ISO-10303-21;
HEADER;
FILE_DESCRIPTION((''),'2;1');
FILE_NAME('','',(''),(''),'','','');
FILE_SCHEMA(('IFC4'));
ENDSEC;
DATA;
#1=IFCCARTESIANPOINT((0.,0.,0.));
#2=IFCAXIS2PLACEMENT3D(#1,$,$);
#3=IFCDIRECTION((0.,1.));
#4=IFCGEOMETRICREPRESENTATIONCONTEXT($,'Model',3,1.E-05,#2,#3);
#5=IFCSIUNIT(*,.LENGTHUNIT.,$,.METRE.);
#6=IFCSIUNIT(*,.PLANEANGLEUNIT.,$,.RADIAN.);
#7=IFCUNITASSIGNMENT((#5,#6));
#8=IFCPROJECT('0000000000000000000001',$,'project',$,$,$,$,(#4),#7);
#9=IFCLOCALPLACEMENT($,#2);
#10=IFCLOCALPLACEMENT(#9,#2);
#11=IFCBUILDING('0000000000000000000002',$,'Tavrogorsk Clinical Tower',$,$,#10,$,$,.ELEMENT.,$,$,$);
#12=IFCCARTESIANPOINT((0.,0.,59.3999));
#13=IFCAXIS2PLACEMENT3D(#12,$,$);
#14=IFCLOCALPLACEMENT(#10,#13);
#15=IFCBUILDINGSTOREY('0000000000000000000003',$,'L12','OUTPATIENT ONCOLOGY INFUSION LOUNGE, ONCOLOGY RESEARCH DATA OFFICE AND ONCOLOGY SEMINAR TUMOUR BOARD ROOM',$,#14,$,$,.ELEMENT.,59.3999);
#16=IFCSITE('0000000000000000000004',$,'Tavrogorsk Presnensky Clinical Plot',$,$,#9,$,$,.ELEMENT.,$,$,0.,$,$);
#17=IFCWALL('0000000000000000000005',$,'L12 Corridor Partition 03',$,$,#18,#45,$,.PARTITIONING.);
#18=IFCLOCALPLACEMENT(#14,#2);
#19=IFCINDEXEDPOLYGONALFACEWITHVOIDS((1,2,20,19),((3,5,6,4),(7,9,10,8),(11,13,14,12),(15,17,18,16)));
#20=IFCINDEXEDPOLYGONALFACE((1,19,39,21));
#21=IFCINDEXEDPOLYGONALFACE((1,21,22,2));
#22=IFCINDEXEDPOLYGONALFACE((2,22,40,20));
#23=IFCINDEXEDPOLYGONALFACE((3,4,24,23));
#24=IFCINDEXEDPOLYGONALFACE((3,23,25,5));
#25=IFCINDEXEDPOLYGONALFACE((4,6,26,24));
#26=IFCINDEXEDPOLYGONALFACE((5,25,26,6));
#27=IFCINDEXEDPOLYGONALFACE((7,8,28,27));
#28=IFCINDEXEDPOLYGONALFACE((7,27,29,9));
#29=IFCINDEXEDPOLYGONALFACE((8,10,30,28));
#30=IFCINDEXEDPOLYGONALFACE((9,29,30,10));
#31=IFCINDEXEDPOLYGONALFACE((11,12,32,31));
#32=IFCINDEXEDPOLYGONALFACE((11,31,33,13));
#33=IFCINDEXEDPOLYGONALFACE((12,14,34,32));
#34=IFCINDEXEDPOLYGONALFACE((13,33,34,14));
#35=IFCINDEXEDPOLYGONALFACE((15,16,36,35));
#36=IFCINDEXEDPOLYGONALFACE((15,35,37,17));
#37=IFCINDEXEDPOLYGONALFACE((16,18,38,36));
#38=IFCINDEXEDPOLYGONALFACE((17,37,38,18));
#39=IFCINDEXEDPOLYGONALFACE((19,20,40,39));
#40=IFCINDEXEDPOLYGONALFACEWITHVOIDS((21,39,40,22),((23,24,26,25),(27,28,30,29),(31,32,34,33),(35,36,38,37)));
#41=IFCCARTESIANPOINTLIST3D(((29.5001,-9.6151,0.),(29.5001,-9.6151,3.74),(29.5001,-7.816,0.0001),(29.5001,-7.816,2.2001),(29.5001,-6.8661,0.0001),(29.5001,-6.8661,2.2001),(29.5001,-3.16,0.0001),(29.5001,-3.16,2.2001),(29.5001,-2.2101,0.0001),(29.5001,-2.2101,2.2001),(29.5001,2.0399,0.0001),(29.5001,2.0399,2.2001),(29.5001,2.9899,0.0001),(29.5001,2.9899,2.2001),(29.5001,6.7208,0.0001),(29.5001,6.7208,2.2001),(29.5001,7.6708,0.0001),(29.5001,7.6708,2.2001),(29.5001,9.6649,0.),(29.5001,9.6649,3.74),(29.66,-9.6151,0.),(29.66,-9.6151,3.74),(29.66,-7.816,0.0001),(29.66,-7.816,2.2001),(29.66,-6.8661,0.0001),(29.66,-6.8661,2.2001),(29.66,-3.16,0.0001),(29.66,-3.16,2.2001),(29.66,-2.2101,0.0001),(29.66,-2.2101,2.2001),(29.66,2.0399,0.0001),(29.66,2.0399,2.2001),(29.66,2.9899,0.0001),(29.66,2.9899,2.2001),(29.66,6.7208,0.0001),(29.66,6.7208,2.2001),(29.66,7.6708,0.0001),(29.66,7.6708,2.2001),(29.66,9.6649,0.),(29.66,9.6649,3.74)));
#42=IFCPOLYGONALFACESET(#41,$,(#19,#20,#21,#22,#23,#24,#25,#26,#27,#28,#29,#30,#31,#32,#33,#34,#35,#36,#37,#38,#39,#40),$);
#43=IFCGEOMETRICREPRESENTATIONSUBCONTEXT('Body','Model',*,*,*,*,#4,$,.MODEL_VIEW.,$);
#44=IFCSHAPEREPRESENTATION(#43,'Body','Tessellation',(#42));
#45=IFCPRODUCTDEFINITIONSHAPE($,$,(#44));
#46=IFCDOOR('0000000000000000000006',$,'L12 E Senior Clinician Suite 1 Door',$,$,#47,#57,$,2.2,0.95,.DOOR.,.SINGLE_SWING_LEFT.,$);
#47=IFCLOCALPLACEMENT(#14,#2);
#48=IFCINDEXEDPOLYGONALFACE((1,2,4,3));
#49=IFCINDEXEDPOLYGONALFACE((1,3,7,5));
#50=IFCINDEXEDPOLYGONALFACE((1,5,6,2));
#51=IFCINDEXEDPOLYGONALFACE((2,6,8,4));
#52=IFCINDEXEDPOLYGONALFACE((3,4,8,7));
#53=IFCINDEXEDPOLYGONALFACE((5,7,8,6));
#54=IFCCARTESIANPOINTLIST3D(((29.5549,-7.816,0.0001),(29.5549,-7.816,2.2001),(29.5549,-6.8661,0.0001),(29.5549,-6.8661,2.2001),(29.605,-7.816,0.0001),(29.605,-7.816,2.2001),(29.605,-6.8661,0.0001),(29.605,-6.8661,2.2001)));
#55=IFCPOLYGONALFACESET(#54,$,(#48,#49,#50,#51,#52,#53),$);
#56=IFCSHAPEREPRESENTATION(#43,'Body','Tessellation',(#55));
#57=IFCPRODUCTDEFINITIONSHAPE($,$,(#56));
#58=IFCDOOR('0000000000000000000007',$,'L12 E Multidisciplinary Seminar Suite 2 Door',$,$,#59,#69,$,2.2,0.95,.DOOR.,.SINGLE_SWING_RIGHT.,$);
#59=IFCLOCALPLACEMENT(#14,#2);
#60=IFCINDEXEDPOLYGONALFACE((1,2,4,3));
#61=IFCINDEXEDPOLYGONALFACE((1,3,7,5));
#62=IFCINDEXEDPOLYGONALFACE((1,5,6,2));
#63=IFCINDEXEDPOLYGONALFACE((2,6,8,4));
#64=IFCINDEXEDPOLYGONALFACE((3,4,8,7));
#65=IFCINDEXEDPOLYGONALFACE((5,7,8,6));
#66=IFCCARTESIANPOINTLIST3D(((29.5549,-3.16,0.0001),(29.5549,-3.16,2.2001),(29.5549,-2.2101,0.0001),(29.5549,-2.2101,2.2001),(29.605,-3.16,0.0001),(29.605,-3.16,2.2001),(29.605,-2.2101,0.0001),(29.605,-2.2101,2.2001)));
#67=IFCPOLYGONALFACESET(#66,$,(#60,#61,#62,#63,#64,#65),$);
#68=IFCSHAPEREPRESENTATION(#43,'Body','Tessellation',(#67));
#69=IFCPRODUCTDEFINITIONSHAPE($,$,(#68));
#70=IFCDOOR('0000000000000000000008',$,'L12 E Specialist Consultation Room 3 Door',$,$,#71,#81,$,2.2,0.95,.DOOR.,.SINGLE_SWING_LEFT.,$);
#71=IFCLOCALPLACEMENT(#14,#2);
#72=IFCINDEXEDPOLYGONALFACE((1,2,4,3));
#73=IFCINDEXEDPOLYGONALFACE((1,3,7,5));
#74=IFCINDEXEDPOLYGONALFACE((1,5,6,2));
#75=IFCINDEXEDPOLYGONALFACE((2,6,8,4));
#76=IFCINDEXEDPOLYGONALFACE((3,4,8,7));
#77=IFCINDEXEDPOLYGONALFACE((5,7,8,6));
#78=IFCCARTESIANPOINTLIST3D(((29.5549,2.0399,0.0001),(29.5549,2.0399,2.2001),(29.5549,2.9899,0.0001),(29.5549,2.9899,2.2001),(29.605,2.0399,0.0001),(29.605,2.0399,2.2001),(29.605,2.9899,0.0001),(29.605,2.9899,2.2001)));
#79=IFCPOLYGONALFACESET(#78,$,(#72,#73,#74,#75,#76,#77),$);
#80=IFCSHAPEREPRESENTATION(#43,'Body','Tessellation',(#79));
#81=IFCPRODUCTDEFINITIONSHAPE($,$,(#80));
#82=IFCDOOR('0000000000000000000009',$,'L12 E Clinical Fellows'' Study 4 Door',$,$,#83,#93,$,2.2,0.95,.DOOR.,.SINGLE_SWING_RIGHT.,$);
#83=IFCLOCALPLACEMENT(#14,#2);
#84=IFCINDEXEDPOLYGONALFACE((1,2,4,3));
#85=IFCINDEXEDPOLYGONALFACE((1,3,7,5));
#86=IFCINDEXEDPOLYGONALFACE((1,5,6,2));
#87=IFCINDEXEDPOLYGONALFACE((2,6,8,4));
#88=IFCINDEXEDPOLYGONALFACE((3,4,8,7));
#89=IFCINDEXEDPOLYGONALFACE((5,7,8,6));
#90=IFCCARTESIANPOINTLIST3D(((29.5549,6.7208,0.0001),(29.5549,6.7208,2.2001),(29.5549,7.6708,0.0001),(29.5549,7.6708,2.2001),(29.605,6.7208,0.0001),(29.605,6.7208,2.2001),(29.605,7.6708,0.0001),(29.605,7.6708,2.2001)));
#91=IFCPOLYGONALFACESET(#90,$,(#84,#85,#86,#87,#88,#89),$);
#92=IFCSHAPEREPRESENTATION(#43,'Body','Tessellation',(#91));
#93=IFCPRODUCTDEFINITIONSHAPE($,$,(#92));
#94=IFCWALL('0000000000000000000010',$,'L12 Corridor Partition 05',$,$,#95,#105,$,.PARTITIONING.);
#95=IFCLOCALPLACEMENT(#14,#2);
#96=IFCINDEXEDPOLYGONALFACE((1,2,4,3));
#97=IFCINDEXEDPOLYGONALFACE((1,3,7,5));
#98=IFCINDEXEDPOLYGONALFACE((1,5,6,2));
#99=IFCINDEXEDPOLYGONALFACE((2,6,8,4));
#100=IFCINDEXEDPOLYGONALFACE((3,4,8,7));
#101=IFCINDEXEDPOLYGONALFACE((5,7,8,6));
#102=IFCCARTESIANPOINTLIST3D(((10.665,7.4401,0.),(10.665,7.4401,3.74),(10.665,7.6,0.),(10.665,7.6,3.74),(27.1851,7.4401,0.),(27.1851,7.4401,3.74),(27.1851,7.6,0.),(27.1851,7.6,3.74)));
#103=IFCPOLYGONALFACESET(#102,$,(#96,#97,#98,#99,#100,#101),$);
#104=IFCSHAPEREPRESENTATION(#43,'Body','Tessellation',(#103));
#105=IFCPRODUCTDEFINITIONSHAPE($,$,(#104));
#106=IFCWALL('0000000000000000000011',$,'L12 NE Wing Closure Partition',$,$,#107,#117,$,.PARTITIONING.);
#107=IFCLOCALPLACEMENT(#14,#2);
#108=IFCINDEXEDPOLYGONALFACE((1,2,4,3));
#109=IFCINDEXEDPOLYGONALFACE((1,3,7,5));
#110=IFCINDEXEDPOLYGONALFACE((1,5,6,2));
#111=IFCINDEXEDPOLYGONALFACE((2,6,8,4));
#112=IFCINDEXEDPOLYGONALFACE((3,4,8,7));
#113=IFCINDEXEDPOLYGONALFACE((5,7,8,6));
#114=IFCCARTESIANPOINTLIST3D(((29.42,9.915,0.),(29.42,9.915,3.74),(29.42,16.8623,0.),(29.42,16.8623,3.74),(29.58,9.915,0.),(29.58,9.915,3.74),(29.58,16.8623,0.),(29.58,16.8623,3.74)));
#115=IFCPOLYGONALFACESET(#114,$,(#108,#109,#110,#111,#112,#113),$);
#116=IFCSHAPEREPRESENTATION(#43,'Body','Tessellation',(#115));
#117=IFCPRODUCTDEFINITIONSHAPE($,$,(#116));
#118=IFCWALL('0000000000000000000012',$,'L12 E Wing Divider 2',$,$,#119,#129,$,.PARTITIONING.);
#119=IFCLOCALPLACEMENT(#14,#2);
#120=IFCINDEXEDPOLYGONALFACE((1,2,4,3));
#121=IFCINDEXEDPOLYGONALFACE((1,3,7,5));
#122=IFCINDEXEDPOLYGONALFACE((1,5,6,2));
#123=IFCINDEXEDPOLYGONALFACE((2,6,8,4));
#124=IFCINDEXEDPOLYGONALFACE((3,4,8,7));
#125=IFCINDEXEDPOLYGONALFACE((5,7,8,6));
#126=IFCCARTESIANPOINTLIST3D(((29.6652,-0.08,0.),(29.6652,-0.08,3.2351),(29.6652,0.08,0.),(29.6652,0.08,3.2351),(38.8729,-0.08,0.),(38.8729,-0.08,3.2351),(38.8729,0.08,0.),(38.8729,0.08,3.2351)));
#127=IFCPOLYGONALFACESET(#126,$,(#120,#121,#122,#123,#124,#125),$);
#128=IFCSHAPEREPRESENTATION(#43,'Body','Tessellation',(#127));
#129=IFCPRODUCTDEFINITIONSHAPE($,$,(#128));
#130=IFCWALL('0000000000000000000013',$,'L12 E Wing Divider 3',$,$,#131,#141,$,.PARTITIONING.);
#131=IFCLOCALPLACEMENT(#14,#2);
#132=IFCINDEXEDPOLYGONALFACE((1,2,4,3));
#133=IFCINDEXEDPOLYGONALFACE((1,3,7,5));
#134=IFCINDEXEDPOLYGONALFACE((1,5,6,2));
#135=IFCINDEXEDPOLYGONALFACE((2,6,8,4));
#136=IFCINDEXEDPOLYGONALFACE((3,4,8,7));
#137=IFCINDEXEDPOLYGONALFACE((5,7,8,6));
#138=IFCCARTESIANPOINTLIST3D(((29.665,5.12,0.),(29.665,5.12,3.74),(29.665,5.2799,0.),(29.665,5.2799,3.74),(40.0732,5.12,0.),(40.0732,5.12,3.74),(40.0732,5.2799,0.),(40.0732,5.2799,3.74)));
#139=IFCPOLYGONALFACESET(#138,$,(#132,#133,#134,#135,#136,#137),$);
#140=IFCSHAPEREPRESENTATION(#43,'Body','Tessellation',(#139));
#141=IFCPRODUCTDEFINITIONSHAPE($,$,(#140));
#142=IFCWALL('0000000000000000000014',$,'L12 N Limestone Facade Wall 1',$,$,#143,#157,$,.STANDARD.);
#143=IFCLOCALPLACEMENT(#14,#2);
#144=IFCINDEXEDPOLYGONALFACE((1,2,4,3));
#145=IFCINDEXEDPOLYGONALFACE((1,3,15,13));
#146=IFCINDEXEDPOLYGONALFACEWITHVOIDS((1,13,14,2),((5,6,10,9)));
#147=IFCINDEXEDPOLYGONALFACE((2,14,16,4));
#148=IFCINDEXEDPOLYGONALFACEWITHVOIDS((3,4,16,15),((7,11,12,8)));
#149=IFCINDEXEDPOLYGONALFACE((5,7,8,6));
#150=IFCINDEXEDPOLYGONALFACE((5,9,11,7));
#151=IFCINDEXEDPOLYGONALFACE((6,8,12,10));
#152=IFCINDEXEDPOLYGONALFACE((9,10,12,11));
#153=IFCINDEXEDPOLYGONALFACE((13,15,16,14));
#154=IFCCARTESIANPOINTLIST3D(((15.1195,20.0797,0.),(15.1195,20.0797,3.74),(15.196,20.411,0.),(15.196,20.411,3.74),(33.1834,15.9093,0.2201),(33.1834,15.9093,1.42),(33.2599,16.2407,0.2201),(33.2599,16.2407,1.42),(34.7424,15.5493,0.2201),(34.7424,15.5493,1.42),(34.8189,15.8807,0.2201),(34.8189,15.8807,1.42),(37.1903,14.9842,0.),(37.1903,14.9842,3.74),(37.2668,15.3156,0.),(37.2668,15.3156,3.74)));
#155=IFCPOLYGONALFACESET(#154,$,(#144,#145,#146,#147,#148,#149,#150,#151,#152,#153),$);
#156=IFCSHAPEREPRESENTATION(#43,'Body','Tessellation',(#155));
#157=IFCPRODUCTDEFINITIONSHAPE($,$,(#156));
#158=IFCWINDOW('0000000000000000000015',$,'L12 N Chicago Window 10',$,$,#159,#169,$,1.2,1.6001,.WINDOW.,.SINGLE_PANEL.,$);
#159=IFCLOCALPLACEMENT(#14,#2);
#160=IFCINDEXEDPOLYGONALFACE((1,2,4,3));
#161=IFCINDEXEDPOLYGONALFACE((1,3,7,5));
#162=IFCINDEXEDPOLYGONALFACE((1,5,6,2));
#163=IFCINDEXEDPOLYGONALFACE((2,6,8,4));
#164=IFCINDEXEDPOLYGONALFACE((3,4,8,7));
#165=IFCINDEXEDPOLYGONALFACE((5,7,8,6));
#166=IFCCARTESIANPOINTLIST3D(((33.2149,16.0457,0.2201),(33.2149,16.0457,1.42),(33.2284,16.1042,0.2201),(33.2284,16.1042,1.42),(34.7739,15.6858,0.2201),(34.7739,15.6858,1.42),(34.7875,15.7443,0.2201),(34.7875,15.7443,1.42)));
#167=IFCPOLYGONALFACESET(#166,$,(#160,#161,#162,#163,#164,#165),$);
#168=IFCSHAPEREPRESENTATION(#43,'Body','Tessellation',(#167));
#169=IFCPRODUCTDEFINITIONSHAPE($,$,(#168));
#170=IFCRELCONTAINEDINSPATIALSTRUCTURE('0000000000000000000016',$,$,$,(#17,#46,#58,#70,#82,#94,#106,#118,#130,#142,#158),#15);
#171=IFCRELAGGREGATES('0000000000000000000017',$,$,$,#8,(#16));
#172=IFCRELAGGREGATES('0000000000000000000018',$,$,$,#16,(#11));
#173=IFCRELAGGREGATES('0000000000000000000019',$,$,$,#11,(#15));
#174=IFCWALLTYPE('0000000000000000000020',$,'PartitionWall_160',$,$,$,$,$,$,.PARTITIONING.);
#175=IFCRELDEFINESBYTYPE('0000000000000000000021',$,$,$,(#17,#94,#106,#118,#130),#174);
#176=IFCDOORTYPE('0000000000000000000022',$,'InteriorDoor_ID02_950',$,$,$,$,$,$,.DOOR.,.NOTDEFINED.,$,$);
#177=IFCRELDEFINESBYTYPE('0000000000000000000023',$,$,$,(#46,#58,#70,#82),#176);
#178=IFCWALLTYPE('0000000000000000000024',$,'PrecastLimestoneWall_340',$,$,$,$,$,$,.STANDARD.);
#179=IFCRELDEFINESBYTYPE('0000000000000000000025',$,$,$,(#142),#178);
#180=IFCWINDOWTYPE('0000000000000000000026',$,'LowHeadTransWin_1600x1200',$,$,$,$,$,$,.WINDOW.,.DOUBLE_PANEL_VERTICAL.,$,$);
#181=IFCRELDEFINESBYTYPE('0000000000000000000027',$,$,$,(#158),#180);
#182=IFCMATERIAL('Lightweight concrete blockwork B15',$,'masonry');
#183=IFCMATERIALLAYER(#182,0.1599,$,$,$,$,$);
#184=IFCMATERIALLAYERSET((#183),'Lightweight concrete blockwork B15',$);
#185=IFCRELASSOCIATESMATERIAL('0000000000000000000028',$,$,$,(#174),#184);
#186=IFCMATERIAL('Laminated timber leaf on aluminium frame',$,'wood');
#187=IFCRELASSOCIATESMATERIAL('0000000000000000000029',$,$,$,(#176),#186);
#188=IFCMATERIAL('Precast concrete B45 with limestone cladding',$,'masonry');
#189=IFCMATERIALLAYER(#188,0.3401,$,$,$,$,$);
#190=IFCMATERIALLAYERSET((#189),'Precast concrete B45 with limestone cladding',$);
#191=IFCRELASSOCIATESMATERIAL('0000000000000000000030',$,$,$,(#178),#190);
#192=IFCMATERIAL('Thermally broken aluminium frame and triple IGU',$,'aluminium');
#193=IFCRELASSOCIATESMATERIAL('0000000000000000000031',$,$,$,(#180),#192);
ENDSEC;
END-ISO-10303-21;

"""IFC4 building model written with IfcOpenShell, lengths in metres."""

from ifc_helpers import new_model, si_unit, direction, frame, frame_2d, origin, place, context, subcontext, project, spatial, rectangle, extrude, material, layer, layer_set, type_object, element, fill, save


model = new_model("IFC4")

# Units and contexts
model_context = context("Model", 3, precision=1e-05, world=origin(), true_north=direction((0.0, 1.0)))
body_context = subcontext(model_context, "Body", "Model", "MODEL_VIEW")
ifc_project = project(units=[si_unit("LENGTHUNIT", "METRE"), si_unit("PLANEANGLEUNIT", "RADIAN")], contexts=[model_context])

# Site, building, storey
site_placement = place(None, origin())
site = spatial("IfcSite", under=ifc_project, at=site_placement, Name="Tavrogorsk Presnensky Clinical Plot", CompositionType="ELEMENT", RefElevation=0.0)
building_placement = place(site_placement, origin())
building = spatial("IfcBuilding", under=site, at=building_placement, Name="Tavrogorsk Clinical Tower", CompositionType="ELEMENT")
storey_placement = place(building_placement, frame((0.0, 0.0, 59.3999)))
storey = spatial("IfcBuildingStorey", under=building, at=storey_placement, Name="L12", Description="OUTPATIENT ONCOLOGY INFUSION LOUNGE, ONCOLOGY RESEARCH DATA OFFICE AND ONCOLOGY SEMINAR TUMOUR BOARD ROOM", CompositionType="ELEMENT", Elevation=59.3999)

# Shared definitions
ifc_material_1 = material(Name="Lightweight concrete blockwork B15", Category="masonry")
ifc_layer_1 = layer(ifc_material_1, 0.1599)
ifc_layer_set_1 = layer_set([ifc_layer_1], Name="Lightweight concrete blockwork B15")
wall_type_1 = type_object("IfcWallType", Name="PartitionWall_160", PredefinedType="PARTITIONING", material=ifc_layer_set_1)

# Wall, openings, doors
wall_1_placement = place(storey_placement, frame((29.5801, 9.665, 0.0), z_axis=(0.0, 0.0, 1.0), x_axis=(0.0, -1.0, 0.0)))
wall_1 = element("IfcWall", 1, at=wall_1_placement, inside=storey, type_object=wall_type_1, Name="L12 Corridor Partition 03", PredefinedType="PARTITIONING", context=body_context, shape_type="SweptSolid", body=[
    extrude(rectangle(XDim=19.28, YDim=0.1599, at=frame_2d((9.6401, 0.0))), origin(), (0.0, 0.0, 1.0), 3.74),
])
opening_1_placement = place(wall_1_placement, frame((16.531, 0.0, 0.0)))
opening_1 = element("IfcOpeningElement", 2, at=opening_1_placement, cuts=wall_1, PredefinedType="OPENING", context=body_context, shape_type="SweptSolid", body=[
    extrude(rectangle(XDim=0.95, YDim=2.2, at=frame_2d((0.4751, 1.1001))), frame((0.0, 0.0898, 0.0), z_axis=(0.0, -1.0, 0.0), x_axis=(1.0, 0.0, 0.0)), (0.0, 0.0, 1.0), 0.1799),
])
opening_2_placement = place(wall_1_placement, frame((11.875, 0.0, 0.0)))
opening_2 = element("IfcOpeningElement", 3, at=opening_2_placement, cuts=wall_1, PredefinedType="OPENING", context=body_context, shape_type="SweptSolid", body=[
    extrude(rectangle(XDim=0.95, YDim=2.2, at=frame_2d((0.4751, 1.1001))), frame((0.0, 0.0898, 0.0), z_axis=(0.0, -1.0, 0.0), x_axis=(1.0, 0.0, 0.0)), (0.0, 0.0, 1.0), 0.1799),
])
opening_3_placement = place(wall_1_placement, frame((6.675, 0.0, 0.0)))
opening_3 = element("IfcOpeningElement", 4, at=opening_3_placement, cuts=wall_1, PredefinedType="OPENING", context=body_context, shape_type="SweptSolid", body=[
    extrude(rectangle(XDim=0.95, YDim=2.2, at=frame_2d((0.4751, 1.1001))), frame((0.0, 0.0898, 0.0), z_axis=(0.0, -1.0, 0.0), x_axis=(1.0, 0.0, 0.0)), (0.0, 0.0, 1.0), 0.1799),
])
opening_4_placement = place(wall_1_placement, frame((1.9941, 0.0, 0.0)))
opening_4 = element("IfcOpeningElement", 5, at=opening_4_placement, cuts=wall_1, PredefinedType="OPENING", context=body_context, shape_type="SweptSolid", body=[
    extrude(rectangle(XDim=0.95, YDim=2.2, at=frame_2d((0.4751, 1.1001))), frame((0.0, 0.0898, 0.0), z_axis=(0.0, -1.0, 0.0), x_axis=(1.0, 0.0, 0.0)), (0.0, 0.0, 1.0), 0.1799),
])
ifc_material_2 = material(Name="Laminated timber leaf on aluminium frame", Category="wood")
door_type = type_object("IfcDoorType", Name="InteriorDoor_ID02_950", OperationType="NOTDEFINED", PredefinedType="DOOR", material=ifc_material_2)
door_1_placement = place(opening_1_placement, origin())
door_1 = element("IfcDoor", 6, at=door_1_placement, inside=storey, type_object=door_type, Name="L12 E Senior Clinician Suite 1 Door", OperationType="SINGLE_SWING_LEFT", OverallHeight=2.2, OverallWidth=0.95, PredefinedType="DOOR", context=body_context, shape_type="SweptSolid", body=[
    extrude(rectangle(XDim=0.95, YDim=2.2, at=frame_2d((0.4751, 1.1001))), frame((0.0, 0.0249, 0.0), z_axis=(0.0, -1.0, 0.0), x_axis=(1.0, 0.0, 0.0)), (0.0, 0.0, 1.0), 0.05),
])
fill(opening_1, door_1)
door_2_placement = place(opening_2_placement, origin())
door_2 = element("IfcDoor", 7, at=door_2_placement, inside=storey, type_object=door_type, Name="L12 E Multidisciplinary Seminar Suite 2 Door", OperationType="SINGLE_SWING_RIGHT", OverallHeight=2.2, OverallWidth=0.95, PredefinedType="DOOR", context=body_context, shape_type="SweptSolid", body=[
    extrude(rectangle(XDim=0.95, YDim=2.2, at=frame_2d((0.4751, 1.1001))), frame((0.0, 0.0249, 0.0), z_axis=(0.0, -1.0, 0.0), x_axis=(1.0, 0.0, 0.0)), (0.0, 0.0, 1.0), 0.05),
])
fill(opening_2, door_2)
door_3_placement = place(opening_3_placement, origin())
door_3 = element("IfcDoor", 8, at=door_3_placement, inside=storey, type_object=door_type, Name="L12 E Specialist Consultation Room 3 Door", OperationType="SINGLE_SWING_LEFT", OverallHeight=2.2, OverallWidth=0.95, PredefinedType="DOOR", context=body_context, shape_type="SweptSolid", body=[
    extrude(rectangle(XDim=0.95, YDim=2.2, at=frame_2d((0.4751, 1.1001))), frame((0.0, 0.0249, 0.0), z_axis=(0.0, -1.0, 0.0), x_axis=(1.0, 0.0, 0.0)), (0.0, 0.0, 1.0), 0.05),
])
fill(opening_3, door_3)
door_4_placement = place(opening_4_placement, origin())
door_4 = element("IfcDoor", 9, at=door_4_placement, inside=storey, type_object=door_type, Name="L12 E Clinical Fellows' Study 4 Door", OperationType="SINGLE_SWING_RIGHT", OverallHeight=2.2, OverallWidth=0.95, PredefinedType="DOOR", context=body_context, shape_type="SweptSolid", body=[
    extrude(rectangle(XDim=0.95, YDim=2.2, at=frame_2d((0.4751, 1.1001))), frame((0.0, 0.0249, 0.0), z_axis=(0.0, -1.0, 0.0), x_axis=(1.0, 0.0, 0.0)), (0.0, 0.0, 1.0), 0.05),
])
fill(opening_4, door_4)

# Walls
wall_2_placement = place(storey_placement, frame((27.1851, 7.52, 0.0), z_axis=(0.0, 0.0, 1.0), x_axis=(-1.0, 0.0, 0.0)))
element("IfcWall", 10, at=wall_2_placement, inside=storey, type_object=wall_type_1, Name="L12 Corridor Partition 05", PredefinedType="PARTITIONING", context=body_context, shape_type="SweptSolid", body=[
    extrude(rectangle(XDim=16.52, YDim=0.1599, at=frame_2d((8.26, 0.0))), origin(), (0.0, 0.0, 1.0), 3.74),
])
wall_3_placement = place(storey_placement, frame((29.5, 9.915, 0.0), z_axis=(0.0, 0.0, 1.0), x_axis=(0.0, 1.0, 0.0)))
element("IfcWall", 11, at=wall_3_placement, inside=storey, type_object=wall_type_1, Name="L12 NE Wing Closure Partition", PredefinedType="PARTITIONING", context=body_context, shape_type="SweptSolid", body=[
    extrude(rectangle(XDim=6.9473, YDim=0.1599, at=frame_2d((3.4736, 0.0))), origin(), (0.0, 0.0, 1.0), 3.74),
])
wall_4_placement = place(storey_placement, frame((29.665, 0.0, 0.0), z_axis=(0.0, 0.0, 1.0), x_axis=(1.0, 0.0, 0.0)))
element("IfcWall", 12, at=wall_4_placement, inside=storey, type_object=wall_type_1, Name="L12 E Wing Divider 2", PredefinedType="PARTITIONING", context=body_context, shape_type="SweptSolid", body=[
    extrude(rectangle(XDim=9.2078, YDim=0.1599, at=frame_2d((4.604, 0.0))), origin(), (0.0, 0.0, 1.0), 3.2351),
])
wall_5_placement = place(storey_placement, frame((29.665, 5.2, 0.0), z_axis=(0.0, 0.0, 1.0), x_axis=(1.0, 0.0, 0.0)))
element("IfcWall", 13, at=wall_5_placement, inside=storey, type_object=wall_type_1, Name="L12 E Wing Divider 3", PredefinedType="PARTITIONING", context=body_context, shape_type="SweptSolid", body=[
    extrude(rectangle(XDim=10.4082, YDim=0.1599, at=frame_2d((5.2041, 0.0))), origin(), (0.0, 0.0, 1.0), 3.74),
])

# Wall, opening, window
ifc_material_3 = material(Name="Precast concrete B45 with limestone cladding", Category="masonry")
ifc_layer_2 = layer(ifc_material_3, 0.3401)
ifc_layer_set_2 = layer_set([ifc_layer_2], Name="Precast concrete B45 with limestone cladding")
wall_type_2 = type_object("IfcWallType", Name="PrecastLimestoneWall_340", PredefinedType="STANDARD", material=ifc_layer_set_2)
wall_6_placement = place(storey_placement, frame((37.2285, 15.1499, 0.0), z_axis=(0.0, 0.0, 1.0), x_axis=(-0.97437, 0.224952, 0.0)))
wall_6 = element("IfcWall", 14, at=wall_6_placement, inside=storey, type_object=wall_type_2, Name="L12 N Limestone Facade Wall 1", PredefinedType="STANDARD", context=body_context, shape_type="SweptSolid", body=[
    extrude(rectangle(XDim=22.6514, YDim=0.3401, at=frame_2d((11.3257, 0.0))), origin(), (0.0, 0.0, 1.0), 3.74),
])
opening_5_placement = place(wall_6_placement, frame((2.5122, 0.0, 0.22)))
opening_5 = element("IfcOpeningElement", 15, at=opening_5_placement, cuts=wall_6, PredefinedType="OPENING", context=body_context, shape_type="SweptSolid", body=[
    extrude(rectangle(XDim=1.6001, YDim=1.2, at=frame_2d((0.8, 0.6001))), frame((0.0, 0.1799, 0.0), z_axis=(0.0, -1.0, 0.0), x_axis=(1.0, 0.0, 0.0)), (0.0, 0.0, 1.0), 0.3601),
])
ifc_material_4 = material(Name="Thermally broken aluminium frame and triple IGU", Category="aluminium")
window_type = type_object("IfcWindowType", Name="LowHeadTransWin_1600x1200", PartitioningType="DOUBLE_PANEL_VERTICAL", PredefinedType="WINDOW", material=ifc_material_4)
window_placement = place(opening_5_placement, origin())
window = element("IfcWindow", 16, at=window_placement, inside=storey, type_object=window_type, Name="L12 N Chicago Window 10", OverallHeight=1.2, OverallWidth=1.6001, PartitioningType="SINGLE_PANEL", PredefinedType="WINDOW", context=body_context, shape_type="SweptSolid", body=[
    extrude(rectangle(XDim=1.6001, YDim=1.2, at=frame_2d((0.8, 0.6001))), frame((0.0, 0.03, 0.0), z_axis=(0.0, -1.0, 0.0), x_axis=(1.0, 0.0, 0.0)), (0.0, 0.0, 1.0), 0.0601),
])
fill(opening_5, window)

save(model, "model.ifc")
